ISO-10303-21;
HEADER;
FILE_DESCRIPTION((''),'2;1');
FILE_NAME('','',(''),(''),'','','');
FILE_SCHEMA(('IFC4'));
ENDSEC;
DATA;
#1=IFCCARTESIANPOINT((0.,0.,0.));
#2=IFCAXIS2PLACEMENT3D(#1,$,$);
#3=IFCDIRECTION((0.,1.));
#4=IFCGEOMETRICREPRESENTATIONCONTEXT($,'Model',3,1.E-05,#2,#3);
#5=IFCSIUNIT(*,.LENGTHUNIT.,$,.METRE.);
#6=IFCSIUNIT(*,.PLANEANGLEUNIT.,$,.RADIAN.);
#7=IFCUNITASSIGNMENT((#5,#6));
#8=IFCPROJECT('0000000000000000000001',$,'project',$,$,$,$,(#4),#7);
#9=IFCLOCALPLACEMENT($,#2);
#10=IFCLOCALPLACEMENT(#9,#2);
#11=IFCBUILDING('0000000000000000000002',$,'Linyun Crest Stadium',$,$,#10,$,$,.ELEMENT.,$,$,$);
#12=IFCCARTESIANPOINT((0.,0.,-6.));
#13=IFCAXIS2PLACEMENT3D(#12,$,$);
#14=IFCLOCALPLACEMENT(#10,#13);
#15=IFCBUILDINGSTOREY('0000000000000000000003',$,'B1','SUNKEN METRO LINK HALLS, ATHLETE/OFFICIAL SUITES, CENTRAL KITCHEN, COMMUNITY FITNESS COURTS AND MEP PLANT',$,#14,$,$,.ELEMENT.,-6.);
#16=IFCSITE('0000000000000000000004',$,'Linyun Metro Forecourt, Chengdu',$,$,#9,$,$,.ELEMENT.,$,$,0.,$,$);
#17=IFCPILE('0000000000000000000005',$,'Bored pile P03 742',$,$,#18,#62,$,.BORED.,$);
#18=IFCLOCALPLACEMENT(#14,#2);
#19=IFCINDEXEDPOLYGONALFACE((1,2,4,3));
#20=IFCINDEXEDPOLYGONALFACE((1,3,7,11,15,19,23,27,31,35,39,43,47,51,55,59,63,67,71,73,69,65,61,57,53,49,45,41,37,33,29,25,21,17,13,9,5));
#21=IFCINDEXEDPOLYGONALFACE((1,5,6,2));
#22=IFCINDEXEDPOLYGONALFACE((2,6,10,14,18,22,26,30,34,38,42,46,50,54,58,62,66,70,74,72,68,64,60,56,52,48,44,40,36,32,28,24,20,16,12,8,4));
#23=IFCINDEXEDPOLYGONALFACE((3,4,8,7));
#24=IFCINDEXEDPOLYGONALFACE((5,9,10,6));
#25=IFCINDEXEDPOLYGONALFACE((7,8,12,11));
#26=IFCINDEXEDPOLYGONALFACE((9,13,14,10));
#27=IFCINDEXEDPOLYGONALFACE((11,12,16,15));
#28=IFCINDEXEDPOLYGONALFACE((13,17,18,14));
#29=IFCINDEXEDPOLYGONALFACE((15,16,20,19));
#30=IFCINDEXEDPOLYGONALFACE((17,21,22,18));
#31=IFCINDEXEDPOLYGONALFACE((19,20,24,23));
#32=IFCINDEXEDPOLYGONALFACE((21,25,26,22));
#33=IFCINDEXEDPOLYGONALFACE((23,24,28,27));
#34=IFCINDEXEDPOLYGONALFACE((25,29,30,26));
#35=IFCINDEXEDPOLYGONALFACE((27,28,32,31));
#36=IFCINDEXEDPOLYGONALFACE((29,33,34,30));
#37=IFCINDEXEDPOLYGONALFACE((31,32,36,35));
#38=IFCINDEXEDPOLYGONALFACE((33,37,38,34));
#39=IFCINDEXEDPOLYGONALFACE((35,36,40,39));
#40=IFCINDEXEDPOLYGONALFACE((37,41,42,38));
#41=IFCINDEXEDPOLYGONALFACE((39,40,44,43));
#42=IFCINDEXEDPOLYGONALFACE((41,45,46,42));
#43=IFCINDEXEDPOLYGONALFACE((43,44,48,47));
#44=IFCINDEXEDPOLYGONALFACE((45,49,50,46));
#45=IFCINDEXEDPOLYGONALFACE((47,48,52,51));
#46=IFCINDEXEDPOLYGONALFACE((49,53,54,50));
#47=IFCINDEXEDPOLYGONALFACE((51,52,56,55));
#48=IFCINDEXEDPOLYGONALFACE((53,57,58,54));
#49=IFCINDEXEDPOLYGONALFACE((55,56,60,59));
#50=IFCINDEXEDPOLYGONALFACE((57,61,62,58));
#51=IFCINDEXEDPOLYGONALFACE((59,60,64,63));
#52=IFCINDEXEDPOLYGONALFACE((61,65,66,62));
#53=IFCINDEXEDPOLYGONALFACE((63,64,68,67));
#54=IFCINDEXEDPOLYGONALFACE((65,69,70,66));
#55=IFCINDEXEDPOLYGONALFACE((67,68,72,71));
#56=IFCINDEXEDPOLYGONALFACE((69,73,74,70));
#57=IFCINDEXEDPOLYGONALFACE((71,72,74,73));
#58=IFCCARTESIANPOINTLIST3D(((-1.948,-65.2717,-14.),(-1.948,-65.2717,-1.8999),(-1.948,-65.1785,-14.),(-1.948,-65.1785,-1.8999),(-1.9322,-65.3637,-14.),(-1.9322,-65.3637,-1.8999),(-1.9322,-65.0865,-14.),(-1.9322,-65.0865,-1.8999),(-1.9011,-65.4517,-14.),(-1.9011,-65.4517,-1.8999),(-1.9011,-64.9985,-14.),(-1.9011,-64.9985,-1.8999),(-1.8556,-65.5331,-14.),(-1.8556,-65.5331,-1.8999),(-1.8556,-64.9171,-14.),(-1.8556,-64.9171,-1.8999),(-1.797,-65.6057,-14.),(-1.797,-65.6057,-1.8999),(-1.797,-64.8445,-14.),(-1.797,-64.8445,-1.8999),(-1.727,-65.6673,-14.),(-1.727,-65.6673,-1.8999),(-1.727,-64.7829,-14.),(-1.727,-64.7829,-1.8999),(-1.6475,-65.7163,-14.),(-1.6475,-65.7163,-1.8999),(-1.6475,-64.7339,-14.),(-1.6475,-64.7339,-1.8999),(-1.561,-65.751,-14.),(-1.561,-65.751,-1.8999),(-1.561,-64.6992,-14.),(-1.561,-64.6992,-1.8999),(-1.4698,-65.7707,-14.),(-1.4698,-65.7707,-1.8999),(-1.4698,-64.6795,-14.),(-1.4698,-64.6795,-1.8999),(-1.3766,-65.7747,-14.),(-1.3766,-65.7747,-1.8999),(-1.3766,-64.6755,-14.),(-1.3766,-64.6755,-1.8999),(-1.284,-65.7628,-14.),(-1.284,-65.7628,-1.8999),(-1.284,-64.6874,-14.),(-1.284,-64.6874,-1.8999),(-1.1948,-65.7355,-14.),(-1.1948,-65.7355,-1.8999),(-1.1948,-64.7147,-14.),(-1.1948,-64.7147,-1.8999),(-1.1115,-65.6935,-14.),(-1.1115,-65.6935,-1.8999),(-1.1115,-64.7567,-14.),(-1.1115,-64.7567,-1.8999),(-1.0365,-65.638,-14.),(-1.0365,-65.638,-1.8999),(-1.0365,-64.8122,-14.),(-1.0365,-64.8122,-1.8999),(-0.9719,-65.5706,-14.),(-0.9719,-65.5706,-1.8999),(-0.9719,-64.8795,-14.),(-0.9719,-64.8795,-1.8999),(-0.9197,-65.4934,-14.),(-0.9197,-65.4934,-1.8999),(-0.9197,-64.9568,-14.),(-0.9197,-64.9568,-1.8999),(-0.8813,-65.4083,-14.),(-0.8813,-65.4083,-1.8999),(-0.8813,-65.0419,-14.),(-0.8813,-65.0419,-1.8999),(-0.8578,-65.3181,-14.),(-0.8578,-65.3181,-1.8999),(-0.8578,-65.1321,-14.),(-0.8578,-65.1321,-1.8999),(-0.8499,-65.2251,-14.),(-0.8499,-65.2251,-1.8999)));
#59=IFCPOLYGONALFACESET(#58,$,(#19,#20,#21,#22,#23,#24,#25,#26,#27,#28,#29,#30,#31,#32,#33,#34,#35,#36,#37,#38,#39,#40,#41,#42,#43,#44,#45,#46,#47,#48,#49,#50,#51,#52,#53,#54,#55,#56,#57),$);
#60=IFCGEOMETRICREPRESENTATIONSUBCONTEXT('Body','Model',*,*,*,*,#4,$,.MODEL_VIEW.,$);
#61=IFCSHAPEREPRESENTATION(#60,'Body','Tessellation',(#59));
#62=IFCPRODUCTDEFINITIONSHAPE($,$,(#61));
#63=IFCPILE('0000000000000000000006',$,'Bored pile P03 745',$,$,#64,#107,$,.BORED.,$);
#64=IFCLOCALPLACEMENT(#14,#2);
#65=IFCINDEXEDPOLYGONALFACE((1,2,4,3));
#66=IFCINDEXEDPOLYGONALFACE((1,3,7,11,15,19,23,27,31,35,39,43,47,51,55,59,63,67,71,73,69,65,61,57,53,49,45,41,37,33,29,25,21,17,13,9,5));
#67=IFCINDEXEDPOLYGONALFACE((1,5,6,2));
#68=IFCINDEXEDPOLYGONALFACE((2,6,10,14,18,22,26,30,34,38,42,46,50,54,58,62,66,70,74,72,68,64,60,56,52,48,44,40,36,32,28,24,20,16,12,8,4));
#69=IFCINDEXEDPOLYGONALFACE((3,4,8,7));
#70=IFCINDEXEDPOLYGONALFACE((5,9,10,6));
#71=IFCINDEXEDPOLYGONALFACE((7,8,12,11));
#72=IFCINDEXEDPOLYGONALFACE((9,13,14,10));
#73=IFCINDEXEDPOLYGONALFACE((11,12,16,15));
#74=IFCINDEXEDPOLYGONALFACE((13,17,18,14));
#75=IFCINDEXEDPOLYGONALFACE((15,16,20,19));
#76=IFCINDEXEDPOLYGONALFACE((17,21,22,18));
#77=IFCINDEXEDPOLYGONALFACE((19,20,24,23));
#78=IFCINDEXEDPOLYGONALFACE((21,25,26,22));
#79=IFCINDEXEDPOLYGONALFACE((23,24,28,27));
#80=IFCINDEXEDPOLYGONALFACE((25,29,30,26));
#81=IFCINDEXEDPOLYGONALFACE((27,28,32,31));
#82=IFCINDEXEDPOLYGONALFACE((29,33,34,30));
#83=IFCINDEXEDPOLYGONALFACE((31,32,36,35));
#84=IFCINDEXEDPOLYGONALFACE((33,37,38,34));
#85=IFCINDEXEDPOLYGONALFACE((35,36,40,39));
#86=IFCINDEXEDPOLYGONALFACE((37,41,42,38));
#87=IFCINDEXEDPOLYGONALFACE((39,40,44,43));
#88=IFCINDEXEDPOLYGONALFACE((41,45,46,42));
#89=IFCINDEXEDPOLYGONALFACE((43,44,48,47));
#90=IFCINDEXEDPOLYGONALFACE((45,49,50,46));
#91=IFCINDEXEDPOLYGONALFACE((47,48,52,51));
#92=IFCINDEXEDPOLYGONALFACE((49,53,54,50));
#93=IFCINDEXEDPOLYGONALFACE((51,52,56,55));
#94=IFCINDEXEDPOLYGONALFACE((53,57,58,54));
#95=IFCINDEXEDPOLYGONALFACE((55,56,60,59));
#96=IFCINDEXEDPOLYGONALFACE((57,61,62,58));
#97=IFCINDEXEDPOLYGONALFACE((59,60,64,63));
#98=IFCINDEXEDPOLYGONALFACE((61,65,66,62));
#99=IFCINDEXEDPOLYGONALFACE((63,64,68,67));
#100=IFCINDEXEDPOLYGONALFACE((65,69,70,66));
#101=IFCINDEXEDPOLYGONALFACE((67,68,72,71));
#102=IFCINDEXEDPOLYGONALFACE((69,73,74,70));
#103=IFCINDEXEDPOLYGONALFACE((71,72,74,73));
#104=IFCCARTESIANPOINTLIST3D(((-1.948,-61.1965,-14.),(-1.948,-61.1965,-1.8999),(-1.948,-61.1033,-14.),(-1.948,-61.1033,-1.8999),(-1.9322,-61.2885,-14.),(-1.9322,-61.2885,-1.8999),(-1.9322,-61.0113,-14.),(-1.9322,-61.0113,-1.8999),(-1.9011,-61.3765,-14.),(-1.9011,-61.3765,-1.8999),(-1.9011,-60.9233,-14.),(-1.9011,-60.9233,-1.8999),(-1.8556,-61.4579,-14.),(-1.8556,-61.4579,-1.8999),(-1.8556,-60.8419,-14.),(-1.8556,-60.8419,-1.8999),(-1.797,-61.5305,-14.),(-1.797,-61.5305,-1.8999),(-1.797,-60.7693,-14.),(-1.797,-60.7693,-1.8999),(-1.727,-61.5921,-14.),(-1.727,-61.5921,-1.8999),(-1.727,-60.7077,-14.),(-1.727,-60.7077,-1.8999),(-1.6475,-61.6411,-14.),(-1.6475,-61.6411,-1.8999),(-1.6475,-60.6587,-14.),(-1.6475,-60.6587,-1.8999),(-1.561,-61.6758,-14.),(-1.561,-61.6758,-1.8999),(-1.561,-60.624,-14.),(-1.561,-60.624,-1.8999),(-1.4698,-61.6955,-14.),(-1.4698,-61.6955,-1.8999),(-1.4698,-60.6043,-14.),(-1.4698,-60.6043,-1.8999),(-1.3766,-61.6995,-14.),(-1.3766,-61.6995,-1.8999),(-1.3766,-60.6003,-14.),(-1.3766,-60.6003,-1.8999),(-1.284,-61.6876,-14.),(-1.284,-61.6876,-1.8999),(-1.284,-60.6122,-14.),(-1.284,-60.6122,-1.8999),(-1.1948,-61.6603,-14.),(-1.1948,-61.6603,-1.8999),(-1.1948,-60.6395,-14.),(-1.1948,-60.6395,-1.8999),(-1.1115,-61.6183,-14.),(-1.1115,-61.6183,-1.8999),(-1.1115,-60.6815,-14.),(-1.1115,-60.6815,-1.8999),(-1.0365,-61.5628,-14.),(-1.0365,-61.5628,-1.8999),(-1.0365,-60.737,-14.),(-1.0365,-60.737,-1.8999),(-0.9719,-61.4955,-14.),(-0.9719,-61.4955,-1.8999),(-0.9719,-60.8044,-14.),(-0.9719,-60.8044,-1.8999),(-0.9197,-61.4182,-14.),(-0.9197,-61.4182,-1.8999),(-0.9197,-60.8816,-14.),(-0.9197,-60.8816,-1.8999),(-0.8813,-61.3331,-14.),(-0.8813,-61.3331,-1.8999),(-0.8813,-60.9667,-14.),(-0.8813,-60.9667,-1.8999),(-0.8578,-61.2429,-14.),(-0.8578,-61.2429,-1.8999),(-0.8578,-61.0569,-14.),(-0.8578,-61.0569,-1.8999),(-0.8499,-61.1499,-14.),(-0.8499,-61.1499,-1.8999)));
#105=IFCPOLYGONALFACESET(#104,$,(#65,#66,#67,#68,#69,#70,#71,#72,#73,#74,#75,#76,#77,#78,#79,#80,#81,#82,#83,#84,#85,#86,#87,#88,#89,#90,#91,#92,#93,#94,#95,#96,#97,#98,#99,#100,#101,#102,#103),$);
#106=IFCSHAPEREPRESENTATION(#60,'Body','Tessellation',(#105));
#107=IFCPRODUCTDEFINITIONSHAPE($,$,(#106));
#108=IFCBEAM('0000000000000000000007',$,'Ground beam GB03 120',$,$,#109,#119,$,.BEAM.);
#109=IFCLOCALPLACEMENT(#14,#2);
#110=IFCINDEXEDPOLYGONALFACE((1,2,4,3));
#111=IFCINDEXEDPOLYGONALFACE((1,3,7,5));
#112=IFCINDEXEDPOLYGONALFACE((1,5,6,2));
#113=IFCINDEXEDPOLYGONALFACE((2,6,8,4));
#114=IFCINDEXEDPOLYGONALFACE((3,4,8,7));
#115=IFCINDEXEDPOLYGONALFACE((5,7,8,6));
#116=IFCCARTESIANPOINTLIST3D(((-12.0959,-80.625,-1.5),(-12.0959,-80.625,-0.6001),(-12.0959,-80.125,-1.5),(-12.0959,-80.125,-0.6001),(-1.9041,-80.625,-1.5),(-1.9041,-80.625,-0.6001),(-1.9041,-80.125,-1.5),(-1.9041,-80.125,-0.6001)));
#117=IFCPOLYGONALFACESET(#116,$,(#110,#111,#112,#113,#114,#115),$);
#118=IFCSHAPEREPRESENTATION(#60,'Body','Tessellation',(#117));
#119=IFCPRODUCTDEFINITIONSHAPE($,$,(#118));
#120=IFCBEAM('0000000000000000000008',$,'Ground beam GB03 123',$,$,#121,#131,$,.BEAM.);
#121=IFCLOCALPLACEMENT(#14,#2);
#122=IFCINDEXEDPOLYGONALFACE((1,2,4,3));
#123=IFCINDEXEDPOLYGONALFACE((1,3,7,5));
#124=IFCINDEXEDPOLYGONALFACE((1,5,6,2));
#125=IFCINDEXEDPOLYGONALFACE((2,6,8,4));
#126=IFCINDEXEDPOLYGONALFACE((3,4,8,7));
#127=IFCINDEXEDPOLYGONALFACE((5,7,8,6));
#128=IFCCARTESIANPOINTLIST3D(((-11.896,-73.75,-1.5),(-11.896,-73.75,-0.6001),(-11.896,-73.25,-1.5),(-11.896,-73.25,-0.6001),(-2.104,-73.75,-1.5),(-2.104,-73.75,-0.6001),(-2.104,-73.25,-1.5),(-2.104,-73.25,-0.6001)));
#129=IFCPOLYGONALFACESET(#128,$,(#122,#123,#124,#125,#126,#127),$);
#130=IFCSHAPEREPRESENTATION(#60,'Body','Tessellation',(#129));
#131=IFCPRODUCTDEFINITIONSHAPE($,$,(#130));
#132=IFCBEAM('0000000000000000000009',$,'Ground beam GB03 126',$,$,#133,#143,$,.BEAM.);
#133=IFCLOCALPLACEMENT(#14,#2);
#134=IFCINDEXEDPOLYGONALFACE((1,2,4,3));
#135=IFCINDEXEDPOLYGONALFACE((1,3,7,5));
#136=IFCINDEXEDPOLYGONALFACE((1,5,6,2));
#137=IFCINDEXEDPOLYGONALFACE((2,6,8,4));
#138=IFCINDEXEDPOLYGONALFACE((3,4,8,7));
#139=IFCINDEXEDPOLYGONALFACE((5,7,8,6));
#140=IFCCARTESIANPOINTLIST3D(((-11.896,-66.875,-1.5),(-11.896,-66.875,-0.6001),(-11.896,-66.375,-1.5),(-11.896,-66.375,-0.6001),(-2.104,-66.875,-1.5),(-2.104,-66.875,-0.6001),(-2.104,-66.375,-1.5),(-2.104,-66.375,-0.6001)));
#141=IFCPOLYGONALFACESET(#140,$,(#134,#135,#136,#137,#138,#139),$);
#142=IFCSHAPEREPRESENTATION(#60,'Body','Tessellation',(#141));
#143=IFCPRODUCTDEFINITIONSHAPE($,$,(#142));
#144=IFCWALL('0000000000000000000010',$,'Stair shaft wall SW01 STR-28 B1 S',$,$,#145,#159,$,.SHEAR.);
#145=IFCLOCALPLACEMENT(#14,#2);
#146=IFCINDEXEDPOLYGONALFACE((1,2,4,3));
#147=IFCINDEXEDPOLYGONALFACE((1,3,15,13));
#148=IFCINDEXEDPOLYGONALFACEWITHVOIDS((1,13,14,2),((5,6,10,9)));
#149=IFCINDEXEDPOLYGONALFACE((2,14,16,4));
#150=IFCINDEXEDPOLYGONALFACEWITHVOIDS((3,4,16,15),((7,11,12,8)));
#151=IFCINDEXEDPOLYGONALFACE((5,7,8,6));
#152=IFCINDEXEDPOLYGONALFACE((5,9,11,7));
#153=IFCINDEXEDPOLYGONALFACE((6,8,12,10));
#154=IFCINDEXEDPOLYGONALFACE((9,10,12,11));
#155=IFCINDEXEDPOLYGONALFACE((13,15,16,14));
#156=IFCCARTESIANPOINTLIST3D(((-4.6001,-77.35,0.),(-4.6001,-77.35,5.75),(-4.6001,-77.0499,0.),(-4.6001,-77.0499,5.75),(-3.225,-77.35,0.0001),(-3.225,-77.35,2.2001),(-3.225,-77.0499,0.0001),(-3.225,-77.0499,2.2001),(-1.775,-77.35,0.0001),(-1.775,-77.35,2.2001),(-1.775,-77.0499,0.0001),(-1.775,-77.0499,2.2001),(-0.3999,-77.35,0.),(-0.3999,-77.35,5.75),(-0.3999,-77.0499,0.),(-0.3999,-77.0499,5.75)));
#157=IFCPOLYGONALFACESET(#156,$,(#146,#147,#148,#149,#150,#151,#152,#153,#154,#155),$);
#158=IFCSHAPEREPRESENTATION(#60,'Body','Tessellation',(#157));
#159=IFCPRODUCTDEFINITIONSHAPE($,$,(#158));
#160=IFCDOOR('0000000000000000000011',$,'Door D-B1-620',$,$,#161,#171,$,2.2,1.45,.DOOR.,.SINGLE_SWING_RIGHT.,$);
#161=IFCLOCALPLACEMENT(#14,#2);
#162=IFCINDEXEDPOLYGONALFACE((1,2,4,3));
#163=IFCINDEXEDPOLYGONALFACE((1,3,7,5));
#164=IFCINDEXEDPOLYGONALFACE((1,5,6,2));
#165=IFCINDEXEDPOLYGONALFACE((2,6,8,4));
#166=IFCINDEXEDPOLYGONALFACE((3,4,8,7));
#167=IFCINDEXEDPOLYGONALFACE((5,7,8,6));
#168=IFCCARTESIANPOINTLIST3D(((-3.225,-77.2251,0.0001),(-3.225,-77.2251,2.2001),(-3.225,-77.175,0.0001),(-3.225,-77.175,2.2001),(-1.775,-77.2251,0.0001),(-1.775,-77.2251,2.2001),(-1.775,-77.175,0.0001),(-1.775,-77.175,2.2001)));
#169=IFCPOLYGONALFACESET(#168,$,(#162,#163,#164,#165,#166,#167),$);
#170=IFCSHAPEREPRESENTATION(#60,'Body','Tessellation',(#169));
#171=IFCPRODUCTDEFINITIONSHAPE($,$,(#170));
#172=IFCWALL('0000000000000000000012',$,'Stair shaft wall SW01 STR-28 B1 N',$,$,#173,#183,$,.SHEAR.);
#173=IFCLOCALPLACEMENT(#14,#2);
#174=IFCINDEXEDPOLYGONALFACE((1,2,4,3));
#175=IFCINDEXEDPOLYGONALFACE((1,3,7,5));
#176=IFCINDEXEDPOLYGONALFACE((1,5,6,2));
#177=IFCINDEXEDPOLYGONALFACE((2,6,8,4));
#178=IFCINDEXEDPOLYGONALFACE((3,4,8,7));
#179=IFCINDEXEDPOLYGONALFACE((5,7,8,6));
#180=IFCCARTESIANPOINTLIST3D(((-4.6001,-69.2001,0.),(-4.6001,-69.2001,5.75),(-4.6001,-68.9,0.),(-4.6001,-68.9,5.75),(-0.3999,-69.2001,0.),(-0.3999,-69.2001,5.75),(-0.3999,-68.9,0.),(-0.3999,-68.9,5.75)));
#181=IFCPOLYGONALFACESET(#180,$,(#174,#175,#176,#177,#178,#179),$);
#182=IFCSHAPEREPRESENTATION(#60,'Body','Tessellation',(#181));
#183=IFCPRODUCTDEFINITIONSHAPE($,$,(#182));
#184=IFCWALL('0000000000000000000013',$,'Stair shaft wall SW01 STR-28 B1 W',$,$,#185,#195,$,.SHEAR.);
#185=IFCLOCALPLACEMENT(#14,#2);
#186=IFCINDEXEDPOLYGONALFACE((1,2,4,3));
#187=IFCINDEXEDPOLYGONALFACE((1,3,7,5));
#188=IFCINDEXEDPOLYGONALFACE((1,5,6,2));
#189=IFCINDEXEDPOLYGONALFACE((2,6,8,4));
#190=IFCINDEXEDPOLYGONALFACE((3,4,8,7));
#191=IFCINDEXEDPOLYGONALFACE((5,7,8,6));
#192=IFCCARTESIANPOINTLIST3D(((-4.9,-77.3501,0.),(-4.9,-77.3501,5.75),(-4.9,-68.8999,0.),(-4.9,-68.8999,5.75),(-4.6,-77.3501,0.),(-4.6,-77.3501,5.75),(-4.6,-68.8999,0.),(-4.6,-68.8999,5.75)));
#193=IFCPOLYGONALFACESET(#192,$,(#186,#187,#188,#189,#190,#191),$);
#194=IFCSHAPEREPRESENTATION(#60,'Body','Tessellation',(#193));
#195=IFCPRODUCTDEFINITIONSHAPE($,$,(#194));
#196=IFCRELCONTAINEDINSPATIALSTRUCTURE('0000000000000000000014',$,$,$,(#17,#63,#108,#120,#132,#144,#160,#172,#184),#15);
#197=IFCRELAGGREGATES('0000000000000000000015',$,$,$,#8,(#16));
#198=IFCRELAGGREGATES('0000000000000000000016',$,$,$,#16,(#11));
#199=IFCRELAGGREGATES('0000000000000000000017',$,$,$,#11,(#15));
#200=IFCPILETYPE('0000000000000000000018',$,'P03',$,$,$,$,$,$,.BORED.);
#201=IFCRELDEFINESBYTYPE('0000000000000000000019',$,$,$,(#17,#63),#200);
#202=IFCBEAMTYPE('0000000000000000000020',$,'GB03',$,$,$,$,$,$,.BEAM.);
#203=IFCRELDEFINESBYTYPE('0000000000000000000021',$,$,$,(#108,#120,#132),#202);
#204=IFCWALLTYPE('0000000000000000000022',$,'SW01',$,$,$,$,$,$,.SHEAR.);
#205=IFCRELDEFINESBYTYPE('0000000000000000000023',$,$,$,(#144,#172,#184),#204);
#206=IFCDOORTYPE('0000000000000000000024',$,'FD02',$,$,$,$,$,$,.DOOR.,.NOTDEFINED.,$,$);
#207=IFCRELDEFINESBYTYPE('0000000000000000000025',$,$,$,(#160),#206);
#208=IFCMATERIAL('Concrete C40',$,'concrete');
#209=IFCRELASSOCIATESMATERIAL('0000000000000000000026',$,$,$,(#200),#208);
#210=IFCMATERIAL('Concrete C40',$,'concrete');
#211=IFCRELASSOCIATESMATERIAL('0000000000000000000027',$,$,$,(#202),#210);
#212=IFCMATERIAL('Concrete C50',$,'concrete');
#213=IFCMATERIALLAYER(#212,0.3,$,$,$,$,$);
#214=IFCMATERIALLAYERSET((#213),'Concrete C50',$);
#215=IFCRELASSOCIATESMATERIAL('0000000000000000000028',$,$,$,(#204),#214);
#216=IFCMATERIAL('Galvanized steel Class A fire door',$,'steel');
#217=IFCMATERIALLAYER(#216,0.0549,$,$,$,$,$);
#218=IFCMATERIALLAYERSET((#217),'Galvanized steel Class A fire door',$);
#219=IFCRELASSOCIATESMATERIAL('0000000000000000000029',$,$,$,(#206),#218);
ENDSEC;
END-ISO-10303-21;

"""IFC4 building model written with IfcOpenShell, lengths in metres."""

from ifc_helpers import new_model, si_unit, direction, frame, frame_2d, origin, origin_2d, place, context, subcontext, project, spatial, rectangle, circle, extrude, material, layer, layer_set, material_profile, profile_set, type_object, element, fill, save


model = new_model("IFC4")

# Units and contexts
model_context = context("Model", 3, precision=1e-05, world=origin(), true_north=direction((0.0, 1.0)))
body_context = subcontext(model_context, "Body", "Model", "MODEL_VIEW")
ifc_project = project(units=[si_unit("LENGTHUNIT", "METRE"), si_unit("PLANEANGLEUNIT", "RADIAN")], contexts=[model_context])

# Site, building, storey
site_placement = place(None, origin())
site = spatial("IfcSite", under=ifc_project, at=site_placement, Name="Linyun Metro Forecourt, Chengdu", CompositionType="ELEMENT", RefElevation=0.0)
building_placement = place(site_placement, origin())
building = spatial("IfcBuilding", under=site, at=building_placement, Name="Linyun Crest Stadium", CompositionType="ELEMENT")
storey_placement = place(building_placement, frame((0.0, 0.0, -6.0)))
storey = spatial("IfcBuildingStorey", under=building, at=storey_placement, Name="B1", Description="SUNKEN METRO LINK HALLS, ATHLETE/OFFICIAL SUITES, CENTRAL KITCHEN, COMMUNITY FITNESS COURTS AND MEP PLANT", CompositionType="ELEMENT", Elevation=-6.0)

# Piles
ifc_material_1 = material(Name="Concrete C40", Category="concrete")
ifc_material_profile_1 = material_profile(ifc_material_1, circle(Radius=0.55, at=origin_2d()), Name="BORED PILE 1100")
ifc_profile_set_1 = profile_set([ifc_material_profile_1], Name="Concrete C40")
pile_type_1 = type_object("IfcPileType", Name="P03", PredefinedType="BORED", material=ifc_profile_set_1)
for number, where, z_axis, x_axis, name in (
    (1, (-1.3999, -65.2251, -1.8999), (0.0, 0.0, -1.0), (1.0, 0.0, 0.0), "Bored pile P03 742"),
    (2, (-1.3999, -61.1499, -1.8999), (0.0, 0.0, -1.0), (1.0, 0.0, 0.0), "Bored pile P03 745"),
):
    element("IfcPile", number, at=place(storey_placement, frame(where, z_axis=z_axis, x_axis=x_axis)), inside=storey, type_object=pile_type_1, Name=name, PredefinedType="BORED", context=body_context, shape_type="SweptSolid", body=[
        extrude(circle(Radius=0.55, at=origin_2d()), origin(), (0.0, 0.0, 1.0), 12.1001),
    ])

# Beams
ifc_material_2 = material(Name="Concrete C40", Category="concrete")
ifc_material_profile_2 = material_profile(ifc_material_2, rectangle(XDim=0.5, YDim=0.8999, at=origin_2d()), Name="RCB 900x500")
ifc_profile_set_2 = profile_set([ifc_material_profile_2], Name="Concrete C40")
beam_type = type_object("IfcBeamType", Name="GB03", PredefinedType="BEAM", material=ifc_profile_set_2)
beam_placement = place(storey_placement, frame((-12.0959, -80.375, -1.05), z_axis=(1.0, 0.0, 0.0), x_axis=(0.0, 1.0, 0.0)))
element("IfcBeam", 3, at=beam_placement, inside=storey, type_object=beam_type, Name="Ground beam GB03 120", PredefinedType="BEAM", context=body_context, shape_type="SweptSolid", body=[
    extrude(rectangle(XDim=0.5, YDim=0.8999, at=origin_2d()), origin(), (0.0, 0.0, 1.0), 10.1919),
])
for number, where, z_axis, x_axis, name in (
    (4, (-11.896, -73.5, -1.05), (1.0, 0.0, 0.0), (0.0, 1.0, 0.0), "Ground beam GB03 123"),
    (5, (-11.896, -66.625, -1.05), (1.0, 0.0, 0.0), (0.0, 1.0, 0.0), "Ground beam GB03 126"),
):
    element("IfcBeam", number, at=place(storey_placement, frame(where, z_axis=z_axis, x_axis=x_axis)), inside=storey, type_object=beam_type, Name=name, PredefinedType="BEAM", context=body_context, shape_type="SweptSolid", body=[
        extrude(rectangle(XDim=0.5, YDim=0.8999, at=origin_2d()), origin(), (0.0, 0.0, 1.0), 9.792),
    ])

# Wall, opening, door
ifc_material_3 = material(Name="Concrete C50", Category="concrete")
ifc_layer_1 = layer(ifc_material_3, 0.3)
ifc_layer_set_1 = layer_set([ifc_layer_1], Name="Concrete C50")
wall_type_1 = type_object("IfcWallType", Name="SW01", PredefinedType="SHEAR", material=ifc_layer_set_1)
wall_1_placement = place(storey_placement, frame((-4.6001, -77.2, 0.0), z_axis=(0.0, 0.0, 1.0), x_axis=(1.0, 0.0, 0.0)))
wall_1 = element("IfcWall", 6, at=wall_1_placement, inside=storey, type_object=wall_type_1, Name="Stair shaft wall SW01 STR-28 B1 S", PredefinedType="SHEAR", context=body_context, shape_type="SweptSolid", body=[
    extrude(rectangle(XDim=4.2002, YDim=0.3, at=frame_2d((2.1001, 0.0))), origin(), (0.0, 0.0, 1.0), 5.75),
])
opening_placement = place(wall_1_placement, frame((1.375, 0.0, 0.0)))
opening = element("IfcOpeningElement", 7, at=opening_placement, cuts=wall_1, PredefinedType="OPENING", context=body_context, shape_type="SweptSolid", body=[
    extrude(rectangle(XDim=1.45, YDim=2.2, at=frame_2d((0.7251, 1.1001))), frame((0.0, 0.1599, 0.0), z_axis=(0.0, -1.0, 0.0), x_axis=(1.0, 0.0, 0.0)), (0.0, 0.0, 1.0), 0.3201),
])
ifc_material_4 = material(Name="Galvanized steel Class A fire door", Category="steel")
ifc_layer_2 = layer(ifc_material_4, 0.0549)
ifc_layer_set_2 = layer_set([ifc_layer_2], Name="Galvanized steel Class A fire door")
door_type = type_object("IfcDoorType", Name="FD02", OperationType="NOTDEFINED", PredefinedType="DOOR", material=ifc_layer_set_2)
door_placement = place(opening_placement, origin())
door = element("IfcDoor", 8, at=door_placement, inside=storey, type_object=door_type, Name="Door D-B1-620", OperationType="SINGLE_SWING_RIGHT", OverallHeight=2.2, OverallWidth=1.45, PredefinedType="DOOR", context=body_context, shape_type="SweptSolid", body=[
    extrude(rectangle(XDim=1.45, YDim=2.2, at=frame_2d((0.7251, 1.1001))), frame((0.0, 0.0249, 0.0), z_axis=(0.0, -1.0, 0.0), x_axis=(1.0, 0.0, 0.0)), (0.0, 0.0, 1.0), 0.05),
])
fill(opening, door)

# Walls
wall_2_placement = place(storey_placement, frame((-4.6001, -69.05, 0.0), z_axis=(0.0, 0.0, 1.0), x_axis=(1.0, 0.0, 0.0)))
element("IfcWall", 9, at=wall_2_placement, inside=storey, type_object=wall_type_1, Name="Stair shaft wall SW01 STR-28 B1 N", PredefinedType="SHEAR", context=body_context, shape_type="SweptSolid", body=[
    extrude(rectangle(XDim=4.2002, YDim=0.3, at=frame_2d((2.1001, 0.0))), origin(), (0.0, 0.0, 1.0), 5.75),
])
wall_3_placement = place(storey_placement, frame((-4.75, -77.3501, 0.0), z_axis=(0.0, 0.0, 1.0), x_axis=(0.0, 1.0, 0.0)))
element("IfcWall", 10, at=wall_3_placement, inside=storey, type_object=wall_type_1, Name="Stair shaft wall SW01 STR-28 B1 W", PredefinedType="SHEAR", context=body_context, shape_type="SweptSolid", body=[
    extrude(rectangle(XDim=8.4502, YDim=0.3, at=frame_2d((4.2251, 0.0))), origin(), (0.0, 0.0, 1.0), 5.75),
])

save(model, "model.ifc")
